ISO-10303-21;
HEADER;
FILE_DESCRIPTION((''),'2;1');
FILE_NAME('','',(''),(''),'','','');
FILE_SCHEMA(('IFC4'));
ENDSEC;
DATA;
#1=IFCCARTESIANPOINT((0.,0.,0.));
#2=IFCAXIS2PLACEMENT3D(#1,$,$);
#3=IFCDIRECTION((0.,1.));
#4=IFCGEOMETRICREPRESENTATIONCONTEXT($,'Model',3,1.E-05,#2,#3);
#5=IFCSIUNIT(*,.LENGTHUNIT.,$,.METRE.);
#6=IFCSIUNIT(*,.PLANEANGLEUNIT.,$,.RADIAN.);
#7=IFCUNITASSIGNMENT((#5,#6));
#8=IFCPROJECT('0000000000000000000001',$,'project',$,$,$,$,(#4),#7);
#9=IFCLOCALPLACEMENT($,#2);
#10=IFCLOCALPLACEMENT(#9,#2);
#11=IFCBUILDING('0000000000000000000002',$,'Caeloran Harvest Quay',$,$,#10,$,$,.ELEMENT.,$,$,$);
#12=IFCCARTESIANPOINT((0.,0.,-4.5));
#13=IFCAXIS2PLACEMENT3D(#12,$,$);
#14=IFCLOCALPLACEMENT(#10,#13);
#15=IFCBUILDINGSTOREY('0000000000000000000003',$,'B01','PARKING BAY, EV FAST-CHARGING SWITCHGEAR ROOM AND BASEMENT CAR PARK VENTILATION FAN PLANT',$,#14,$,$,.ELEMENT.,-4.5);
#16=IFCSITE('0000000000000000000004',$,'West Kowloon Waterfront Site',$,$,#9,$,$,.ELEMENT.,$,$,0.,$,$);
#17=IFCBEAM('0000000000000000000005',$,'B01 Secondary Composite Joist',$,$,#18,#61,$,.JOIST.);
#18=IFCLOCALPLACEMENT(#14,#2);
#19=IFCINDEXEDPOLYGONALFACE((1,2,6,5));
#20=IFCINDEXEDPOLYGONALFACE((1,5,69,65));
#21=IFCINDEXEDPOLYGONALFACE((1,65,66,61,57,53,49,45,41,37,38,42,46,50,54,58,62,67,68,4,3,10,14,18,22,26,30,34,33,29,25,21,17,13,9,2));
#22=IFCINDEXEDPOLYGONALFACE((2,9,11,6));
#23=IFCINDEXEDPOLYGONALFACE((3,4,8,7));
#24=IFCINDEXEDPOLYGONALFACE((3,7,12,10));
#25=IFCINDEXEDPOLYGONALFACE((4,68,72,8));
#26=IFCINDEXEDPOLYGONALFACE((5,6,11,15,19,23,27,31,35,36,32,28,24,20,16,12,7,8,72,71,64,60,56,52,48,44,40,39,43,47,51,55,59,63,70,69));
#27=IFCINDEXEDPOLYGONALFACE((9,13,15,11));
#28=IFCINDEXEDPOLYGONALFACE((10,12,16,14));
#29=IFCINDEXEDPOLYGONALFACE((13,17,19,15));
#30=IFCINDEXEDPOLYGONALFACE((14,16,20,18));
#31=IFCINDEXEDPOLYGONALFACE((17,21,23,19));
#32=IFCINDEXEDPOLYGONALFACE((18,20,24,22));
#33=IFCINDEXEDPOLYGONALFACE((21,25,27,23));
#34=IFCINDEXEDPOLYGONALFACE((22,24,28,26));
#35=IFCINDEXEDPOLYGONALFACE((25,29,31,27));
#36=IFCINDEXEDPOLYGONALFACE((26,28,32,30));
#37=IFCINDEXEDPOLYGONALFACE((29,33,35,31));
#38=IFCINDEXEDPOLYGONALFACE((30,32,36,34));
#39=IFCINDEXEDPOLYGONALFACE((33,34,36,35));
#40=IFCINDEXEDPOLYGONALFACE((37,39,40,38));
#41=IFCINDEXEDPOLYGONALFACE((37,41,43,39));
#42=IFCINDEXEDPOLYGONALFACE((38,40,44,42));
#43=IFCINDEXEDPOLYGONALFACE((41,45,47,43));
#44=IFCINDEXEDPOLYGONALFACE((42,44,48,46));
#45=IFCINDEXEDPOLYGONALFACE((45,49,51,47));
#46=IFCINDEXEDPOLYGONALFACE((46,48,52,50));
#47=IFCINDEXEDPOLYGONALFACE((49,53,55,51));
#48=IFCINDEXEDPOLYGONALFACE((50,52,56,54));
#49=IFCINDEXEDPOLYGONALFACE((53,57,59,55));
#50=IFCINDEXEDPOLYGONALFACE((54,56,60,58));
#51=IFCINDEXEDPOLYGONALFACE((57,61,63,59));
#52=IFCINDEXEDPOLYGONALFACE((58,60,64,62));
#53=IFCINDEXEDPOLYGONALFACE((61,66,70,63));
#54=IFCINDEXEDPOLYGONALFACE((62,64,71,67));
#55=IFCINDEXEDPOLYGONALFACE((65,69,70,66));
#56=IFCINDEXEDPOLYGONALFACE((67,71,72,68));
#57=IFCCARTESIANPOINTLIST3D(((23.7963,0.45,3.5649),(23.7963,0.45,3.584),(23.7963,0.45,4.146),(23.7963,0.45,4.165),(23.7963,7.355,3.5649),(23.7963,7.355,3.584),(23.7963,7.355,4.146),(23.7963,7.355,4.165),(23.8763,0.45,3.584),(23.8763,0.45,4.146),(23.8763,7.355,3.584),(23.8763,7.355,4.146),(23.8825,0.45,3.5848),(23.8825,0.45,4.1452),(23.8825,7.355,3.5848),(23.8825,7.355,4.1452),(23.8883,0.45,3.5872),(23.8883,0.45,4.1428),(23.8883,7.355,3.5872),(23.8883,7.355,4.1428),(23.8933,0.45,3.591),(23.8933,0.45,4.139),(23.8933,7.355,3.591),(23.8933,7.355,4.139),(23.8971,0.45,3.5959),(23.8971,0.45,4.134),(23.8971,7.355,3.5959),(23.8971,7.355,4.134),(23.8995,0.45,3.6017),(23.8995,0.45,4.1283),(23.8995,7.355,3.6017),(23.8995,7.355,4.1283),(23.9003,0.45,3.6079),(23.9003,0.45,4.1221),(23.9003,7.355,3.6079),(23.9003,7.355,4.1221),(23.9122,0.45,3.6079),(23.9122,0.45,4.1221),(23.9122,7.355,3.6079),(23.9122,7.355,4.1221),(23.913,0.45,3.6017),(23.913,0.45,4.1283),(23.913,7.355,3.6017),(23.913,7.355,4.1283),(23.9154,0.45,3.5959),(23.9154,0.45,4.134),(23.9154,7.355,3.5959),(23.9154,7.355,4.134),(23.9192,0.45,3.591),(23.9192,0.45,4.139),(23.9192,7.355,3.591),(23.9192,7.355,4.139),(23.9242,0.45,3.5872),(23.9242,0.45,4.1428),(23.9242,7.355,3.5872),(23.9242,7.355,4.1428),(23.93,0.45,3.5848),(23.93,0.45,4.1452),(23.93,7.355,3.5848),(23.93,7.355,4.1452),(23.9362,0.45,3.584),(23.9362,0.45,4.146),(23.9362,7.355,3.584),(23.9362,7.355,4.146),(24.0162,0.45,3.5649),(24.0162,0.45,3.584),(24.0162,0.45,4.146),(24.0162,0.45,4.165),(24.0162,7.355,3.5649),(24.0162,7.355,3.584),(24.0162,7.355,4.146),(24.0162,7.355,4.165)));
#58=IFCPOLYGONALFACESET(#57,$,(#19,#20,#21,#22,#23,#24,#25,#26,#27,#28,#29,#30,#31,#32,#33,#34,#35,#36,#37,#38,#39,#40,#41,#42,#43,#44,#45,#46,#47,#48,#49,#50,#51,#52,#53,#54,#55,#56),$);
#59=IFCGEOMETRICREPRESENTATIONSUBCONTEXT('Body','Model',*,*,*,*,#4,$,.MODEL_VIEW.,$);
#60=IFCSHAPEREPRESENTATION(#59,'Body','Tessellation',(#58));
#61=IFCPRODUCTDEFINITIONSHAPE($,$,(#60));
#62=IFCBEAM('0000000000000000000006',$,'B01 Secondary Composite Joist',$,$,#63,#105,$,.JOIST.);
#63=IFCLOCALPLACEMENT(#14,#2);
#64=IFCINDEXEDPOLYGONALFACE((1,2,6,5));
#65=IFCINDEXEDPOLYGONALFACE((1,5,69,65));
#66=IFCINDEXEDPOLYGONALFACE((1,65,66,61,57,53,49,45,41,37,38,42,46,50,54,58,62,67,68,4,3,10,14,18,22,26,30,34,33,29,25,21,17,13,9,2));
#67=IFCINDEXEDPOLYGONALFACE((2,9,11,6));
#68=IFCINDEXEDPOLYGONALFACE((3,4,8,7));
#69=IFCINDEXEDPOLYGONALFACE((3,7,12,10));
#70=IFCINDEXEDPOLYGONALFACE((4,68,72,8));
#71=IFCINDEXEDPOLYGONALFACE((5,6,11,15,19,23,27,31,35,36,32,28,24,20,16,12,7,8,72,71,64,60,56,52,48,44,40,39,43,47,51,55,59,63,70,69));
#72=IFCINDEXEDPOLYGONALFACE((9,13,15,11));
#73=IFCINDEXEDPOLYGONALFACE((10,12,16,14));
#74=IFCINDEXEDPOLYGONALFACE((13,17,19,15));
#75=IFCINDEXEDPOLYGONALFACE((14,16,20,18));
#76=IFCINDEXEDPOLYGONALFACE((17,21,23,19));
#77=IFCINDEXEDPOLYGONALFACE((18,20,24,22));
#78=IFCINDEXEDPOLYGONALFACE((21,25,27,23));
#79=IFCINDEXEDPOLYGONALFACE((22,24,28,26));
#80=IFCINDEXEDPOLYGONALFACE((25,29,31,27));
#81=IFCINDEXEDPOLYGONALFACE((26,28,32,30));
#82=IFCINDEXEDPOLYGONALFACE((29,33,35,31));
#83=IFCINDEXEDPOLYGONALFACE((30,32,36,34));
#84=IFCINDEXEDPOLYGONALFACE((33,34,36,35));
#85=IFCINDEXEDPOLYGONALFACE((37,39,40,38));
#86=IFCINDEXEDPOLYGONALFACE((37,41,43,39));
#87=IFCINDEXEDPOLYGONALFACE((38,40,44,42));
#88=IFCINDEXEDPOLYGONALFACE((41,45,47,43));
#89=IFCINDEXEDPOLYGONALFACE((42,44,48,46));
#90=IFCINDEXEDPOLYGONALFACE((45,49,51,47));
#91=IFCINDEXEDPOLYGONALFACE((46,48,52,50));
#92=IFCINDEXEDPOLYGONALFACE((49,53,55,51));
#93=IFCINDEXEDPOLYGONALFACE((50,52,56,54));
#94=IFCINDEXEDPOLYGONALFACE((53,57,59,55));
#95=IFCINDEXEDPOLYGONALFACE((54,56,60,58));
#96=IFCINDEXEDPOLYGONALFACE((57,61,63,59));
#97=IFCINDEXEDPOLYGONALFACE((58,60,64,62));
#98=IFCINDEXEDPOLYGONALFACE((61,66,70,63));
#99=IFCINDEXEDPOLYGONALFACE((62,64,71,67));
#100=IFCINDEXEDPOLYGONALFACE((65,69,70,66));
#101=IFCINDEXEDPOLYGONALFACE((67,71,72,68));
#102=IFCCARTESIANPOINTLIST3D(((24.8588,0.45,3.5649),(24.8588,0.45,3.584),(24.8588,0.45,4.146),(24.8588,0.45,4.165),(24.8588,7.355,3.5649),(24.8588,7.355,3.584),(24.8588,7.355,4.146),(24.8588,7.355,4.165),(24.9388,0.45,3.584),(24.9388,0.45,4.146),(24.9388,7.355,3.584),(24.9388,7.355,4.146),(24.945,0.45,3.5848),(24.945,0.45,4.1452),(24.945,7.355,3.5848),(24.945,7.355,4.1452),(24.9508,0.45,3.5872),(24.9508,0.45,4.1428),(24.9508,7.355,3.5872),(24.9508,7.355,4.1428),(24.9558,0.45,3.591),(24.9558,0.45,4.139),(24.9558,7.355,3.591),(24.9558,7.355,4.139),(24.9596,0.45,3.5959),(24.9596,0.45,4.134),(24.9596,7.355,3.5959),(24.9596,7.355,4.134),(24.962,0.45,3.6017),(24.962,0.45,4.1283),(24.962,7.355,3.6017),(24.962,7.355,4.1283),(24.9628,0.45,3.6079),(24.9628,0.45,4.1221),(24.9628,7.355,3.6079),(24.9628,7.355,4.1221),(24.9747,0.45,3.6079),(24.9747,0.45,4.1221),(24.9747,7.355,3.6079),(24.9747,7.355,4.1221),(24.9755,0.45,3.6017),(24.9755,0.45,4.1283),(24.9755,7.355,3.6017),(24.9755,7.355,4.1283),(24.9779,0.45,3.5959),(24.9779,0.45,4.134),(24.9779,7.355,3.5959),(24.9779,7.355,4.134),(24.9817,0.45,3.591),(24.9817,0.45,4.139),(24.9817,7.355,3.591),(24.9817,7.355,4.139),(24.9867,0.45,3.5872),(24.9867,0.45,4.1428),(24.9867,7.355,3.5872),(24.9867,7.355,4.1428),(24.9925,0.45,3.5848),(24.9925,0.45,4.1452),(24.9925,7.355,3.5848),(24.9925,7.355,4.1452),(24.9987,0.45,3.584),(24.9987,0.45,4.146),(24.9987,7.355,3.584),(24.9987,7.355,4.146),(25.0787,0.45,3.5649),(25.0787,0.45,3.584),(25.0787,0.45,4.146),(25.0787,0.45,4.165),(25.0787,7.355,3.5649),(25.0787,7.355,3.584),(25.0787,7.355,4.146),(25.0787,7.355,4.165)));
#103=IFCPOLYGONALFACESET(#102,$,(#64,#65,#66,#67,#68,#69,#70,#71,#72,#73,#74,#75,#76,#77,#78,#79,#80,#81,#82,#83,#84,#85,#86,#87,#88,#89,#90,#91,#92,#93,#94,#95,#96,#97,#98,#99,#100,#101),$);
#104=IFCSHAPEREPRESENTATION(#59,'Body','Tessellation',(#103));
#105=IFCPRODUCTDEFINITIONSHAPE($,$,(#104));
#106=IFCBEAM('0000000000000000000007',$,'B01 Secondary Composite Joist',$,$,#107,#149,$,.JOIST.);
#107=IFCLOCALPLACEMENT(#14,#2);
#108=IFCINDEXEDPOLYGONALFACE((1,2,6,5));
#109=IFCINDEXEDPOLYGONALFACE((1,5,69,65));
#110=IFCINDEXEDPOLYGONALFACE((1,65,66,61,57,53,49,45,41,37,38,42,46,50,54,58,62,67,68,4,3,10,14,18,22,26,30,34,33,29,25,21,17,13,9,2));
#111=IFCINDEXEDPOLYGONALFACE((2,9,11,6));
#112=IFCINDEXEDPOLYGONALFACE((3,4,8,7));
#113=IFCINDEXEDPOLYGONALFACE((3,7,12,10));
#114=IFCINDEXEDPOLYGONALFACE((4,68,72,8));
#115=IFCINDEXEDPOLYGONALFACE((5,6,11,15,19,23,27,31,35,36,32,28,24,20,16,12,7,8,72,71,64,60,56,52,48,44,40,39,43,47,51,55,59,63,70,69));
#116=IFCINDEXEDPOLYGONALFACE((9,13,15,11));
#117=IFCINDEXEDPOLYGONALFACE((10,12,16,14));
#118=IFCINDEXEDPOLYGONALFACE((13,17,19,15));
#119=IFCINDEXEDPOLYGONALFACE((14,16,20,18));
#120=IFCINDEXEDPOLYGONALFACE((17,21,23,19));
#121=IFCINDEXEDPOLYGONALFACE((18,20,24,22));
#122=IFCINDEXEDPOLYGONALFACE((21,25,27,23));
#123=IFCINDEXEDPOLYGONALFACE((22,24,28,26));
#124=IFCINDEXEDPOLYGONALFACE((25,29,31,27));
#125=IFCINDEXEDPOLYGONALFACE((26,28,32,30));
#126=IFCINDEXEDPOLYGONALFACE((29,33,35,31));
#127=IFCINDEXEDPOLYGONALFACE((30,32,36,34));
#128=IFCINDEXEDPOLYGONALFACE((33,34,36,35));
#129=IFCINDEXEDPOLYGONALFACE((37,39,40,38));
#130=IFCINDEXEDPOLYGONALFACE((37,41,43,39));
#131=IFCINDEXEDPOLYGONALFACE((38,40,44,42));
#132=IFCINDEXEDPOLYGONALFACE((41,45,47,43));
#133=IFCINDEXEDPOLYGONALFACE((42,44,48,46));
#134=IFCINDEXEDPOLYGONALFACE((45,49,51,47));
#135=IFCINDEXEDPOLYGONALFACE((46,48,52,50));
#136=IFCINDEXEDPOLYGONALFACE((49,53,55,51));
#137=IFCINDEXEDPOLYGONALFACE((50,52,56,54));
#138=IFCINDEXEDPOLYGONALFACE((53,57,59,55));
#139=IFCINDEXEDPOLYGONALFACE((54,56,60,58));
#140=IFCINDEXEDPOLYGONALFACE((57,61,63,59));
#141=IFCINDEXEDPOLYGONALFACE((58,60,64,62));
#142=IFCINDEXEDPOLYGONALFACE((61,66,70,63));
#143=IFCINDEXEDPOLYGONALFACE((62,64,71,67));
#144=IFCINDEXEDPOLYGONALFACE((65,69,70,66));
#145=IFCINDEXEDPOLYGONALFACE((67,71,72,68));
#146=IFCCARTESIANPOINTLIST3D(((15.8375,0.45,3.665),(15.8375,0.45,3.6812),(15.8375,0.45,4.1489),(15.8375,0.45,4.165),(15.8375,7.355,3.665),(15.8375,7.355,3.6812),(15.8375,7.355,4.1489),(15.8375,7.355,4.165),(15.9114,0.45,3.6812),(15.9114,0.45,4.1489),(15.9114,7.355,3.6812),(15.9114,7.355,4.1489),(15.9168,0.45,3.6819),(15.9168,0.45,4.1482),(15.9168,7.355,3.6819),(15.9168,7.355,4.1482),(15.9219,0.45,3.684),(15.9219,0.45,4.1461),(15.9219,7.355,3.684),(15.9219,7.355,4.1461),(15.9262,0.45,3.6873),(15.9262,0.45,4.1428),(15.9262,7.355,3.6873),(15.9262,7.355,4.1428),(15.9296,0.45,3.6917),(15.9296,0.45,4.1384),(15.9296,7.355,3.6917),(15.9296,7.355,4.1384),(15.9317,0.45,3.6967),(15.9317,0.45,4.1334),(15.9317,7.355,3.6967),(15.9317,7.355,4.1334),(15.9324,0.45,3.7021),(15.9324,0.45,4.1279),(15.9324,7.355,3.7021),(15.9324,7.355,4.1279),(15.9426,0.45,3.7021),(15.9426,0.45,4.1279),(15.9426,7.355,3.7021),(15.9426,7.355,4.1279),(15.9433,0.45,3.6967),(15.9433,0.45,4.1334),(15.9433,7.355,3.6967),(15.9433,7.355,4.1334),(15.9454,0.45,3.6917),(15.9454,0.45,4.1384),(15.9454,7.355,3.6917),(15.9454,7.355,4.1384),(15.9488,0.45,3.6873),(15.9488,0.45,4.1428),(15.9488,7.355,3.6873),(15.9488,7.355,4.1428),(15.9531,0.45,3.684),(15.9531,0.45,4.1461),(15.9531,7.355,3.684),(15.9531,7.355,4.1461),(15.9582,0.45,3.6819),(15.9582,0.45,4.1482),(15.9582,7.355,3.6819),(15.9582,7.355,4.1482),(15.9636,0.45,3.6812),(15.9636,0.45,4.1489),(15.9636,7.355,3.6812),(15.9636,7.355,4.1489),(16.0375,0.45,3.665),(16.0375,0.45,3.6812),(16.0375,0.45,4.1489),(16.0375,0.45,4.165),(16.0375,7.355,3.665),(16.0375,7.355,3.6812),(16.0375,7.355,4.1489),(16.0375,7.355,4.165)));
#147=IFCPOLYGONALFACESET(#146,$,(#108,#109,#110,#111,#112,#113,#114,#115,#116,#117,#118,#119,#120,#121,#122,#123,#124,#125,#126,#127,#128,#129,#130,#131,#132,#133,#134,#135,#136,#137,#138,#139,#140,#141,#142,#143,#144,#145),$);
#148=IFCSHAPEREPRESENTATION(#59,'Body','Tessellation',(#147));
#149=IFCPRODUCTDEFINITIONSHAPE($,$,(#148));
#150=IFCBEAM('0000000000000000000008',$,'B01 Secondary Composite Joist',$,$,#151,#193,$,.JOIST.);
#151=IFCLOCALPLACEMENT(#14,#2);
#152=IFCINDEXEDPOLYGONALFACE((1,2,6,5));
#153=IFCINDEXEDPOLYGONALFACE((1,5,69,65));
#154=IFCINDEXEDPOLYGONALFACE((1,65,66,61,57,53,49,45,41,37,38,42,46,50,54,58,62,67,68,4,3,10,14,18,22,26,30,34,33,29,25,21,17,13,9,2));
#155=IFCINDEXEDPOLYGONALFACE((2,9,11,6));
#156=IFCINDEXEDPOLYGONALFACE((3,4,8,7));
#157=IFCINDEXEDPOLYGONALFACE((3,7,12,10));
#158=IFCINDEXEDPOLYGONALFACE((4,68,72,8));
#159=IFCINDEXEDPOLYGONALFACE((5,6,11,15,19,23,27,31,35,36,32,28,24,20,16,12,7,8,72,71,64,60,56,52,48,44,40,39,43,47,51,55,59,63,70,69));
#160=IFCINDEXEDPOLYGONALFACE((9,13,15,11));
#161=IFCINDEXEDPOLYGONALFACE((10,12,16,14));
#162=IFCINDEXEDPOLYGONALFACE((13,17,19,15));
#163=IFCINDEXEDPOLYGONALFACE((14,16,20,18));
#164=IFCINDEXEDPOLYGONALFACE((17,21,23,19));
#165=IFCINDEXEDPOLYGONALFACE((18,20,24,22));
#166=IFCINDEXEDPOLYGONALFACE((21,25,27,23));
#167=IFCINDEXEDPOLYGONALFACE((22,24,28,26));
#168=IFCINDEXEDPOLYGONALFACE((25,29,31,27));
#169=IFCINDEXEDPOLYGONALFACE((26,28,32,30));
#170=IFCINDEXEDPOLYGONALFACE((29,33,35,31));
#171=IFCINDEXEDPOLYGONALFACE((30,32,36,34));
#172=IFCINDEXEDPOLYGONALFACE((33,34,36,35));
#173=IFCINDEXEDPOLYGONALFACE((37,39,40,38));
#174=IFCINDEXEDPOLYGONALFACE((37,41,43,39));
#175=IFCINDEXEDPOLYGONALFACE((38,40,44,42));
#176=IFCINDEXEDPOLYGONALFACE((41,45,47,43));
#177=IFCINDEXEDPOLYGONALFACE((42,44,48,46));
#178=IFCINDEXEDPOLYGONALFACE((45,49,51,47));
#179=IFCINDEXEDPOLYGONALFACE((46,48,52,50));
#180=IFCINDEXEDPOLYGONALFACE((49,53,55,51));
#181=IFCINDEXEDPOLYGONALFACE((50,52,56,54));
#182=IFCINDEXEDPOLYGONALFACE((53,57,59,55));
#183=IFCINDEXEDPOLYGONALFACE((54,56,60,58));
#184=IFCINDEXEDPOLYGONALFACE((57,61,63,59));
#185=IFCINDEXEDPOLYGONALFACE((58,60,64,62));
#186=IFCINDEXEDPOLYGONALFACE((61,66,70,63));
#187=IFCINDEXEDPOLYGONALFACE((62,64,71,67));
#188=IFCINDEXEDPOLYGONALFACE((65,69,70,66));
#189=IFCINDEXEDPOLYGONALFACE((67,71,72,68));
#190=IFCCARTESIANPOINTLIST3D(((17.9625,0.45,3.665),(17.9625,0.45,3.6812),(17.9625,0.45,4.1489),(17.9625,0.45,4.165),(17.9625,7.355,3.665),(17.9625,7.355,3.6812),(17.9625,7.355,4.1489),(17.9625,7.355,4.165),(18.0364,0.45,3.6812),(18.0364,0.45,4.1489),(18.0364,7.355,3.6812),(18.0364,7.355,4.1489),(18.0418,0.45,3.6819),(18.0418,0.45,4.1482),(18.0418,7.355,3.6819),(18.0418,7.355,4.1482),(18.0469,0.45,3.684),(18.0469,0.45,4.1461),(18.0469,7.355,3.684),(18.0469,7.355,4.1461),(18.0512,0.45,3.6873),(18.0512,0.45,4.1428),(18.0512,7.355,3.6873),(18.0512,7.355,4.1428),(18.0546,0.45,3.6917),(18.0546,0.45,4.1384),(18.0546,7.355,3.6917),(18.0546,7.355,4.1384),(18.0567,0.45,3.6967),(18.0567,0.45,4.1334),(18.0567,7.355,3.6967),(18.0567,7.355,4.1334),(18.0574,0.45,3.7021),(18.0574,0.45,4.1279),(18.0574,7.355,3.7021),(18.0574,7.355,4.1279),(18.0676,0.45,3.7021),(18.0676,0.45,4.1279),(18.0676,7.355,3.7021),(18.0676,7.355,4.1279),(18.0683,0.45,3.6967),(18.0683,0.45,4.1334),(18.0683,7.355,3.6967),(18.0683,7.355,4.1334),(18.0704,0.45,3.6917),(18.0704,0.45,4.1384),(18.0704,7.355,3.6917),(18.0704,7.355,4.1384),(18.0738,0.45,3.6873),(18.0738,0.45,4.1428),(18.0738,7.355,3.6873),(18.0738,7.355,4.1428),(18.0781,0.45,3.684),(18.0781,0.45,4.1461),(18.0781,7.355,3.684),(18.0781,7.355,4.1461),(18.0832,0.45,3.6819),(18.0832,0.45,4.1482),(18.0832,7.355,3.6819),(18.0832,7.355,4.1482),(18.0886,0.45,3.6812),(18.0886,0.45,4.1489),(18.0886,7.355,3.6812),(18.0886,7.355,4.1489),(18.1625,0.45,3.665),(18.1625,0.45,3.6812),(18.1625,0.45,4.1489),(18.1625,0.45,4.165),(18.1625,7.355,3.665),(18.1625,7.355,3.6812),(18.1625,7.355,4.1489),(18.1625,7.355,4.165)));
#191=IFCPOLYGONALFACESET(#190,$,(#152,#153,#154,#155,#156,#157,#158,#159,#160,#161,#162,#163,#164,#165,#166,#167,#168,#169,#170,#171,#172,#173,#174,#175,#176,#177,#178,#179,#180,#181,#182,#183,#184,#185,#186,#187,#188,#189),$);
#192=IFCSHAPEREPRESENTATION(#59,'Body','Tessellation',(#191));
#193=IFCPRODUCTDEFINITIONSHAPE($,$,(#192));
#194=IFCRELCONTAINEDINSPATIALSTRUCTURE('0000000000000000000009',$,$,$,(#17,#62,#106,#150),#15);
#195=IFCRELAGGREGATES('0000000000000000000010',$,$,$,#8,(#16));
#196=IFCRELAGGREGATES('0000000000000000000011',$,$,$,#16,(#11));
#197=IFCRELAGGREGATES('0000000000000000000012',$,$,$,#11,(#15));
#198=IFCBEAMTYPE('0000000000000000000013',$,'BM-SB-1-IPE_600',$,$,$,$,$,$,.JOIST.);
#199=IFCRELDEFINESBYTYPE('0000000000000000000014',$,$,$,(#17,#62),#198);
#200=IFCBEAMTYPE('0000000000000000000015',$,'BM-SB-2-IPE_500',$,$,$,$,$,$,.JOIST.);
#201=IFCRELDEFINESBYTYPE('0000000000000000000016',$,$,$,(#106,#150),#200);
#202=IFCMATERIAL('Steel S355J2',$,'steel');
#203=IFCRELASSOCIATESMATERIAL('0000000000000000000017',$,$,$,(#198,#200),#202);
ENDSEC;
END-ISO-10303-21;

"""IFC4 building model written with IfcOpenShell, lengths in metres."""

from ifc_helpers import new_model, si_unit, direction, frame, origin, origin_2d, place, context, subcontext, project, spatial, i_section, extrude, material, material_profile, profile_set, type_object, element, save


model = new_model("IFC4")

# Units and contexts
model_context = context("Model", 3, precision=1e-05, world=origin(), true_north=direction((0.0, 1.0)))
body_context = subcontext(model_context, "Body", "Model", "MODEL_VIEW")
ifc_project = project(units=[si_unit("LENGTHUNIT", "METRE"), si_unit("PLANEANGLEUNIT", "RADIAN")], contexts=[model_context])

# Site, building, storey
site_placement = place(None, origin())
site = spatial("IfcSite", under=ifc_project, at=site_placement, Name="West Kowloon Waterfront Site", CompositionType="ELEMENT", RefElevation=0.0)
building_placement = place(site_placement, origin())
building = spatial("IfcBuilding", under=site, at=building_placement, Name="Caeloran Harvest Quay", CompositionType="ELEMENT")
storey_placement = place(building_placement, frame((0.0, 0.0, -4.5)))
storey = spatial("IfcBuildingStorey", under=building, at=storey_placement, Name="B01", Description="PARKING BAY, EV FAST-CHARGING SWITCHGEAR ROOM AND BASEMENT CAR PARK VENTILATION FAN PLANT", CompositionType="ELEMENT", Elevation=-4.5)

# Beams
ifc_material_1 = material(Name="Steel S355J2", Category="steel")
ifc_material_profile_1 = material_profile(ifc_material_1, i_section(OverallWidth=0.22, OverallDepth=0.6001, WebThickness=0.012, FlangeThickness=0.019, FilletRadius=0.0239, at=origin_2d()), Name="IPE 600")
ifc_profile_set_1 = profile_set([ifc_material_profile_1], Name="Steel S355J2")
beam_type_1 = type_object("IfcBeamType", Name="BM-SB-1-IPE_600", PredefinedType="JOIST", material=ifc_profile_set_1)
for number, where, z_axis, x_axis, name in (
    (1, (23.9062, 0.45, 3.865), (0.0, 1.0, 0.0), (-1.0, 0.0, 0.0), "B01 Secondary Composite Joist"),
    (2, (24.9688, 0.45, 3.865), (0.0, 1.0, 0.0), (-1.0, 0.0, 0.0), "B01 Secondary Composite Joist"),
):
    element("IfcBeam", number, at=place(storey_placement, frame(where, z_axis=z_axis, x_axis=x_axis)), inside=storey, type_object=beam_type_1, Name=name, PredefinedType="JOIST", context=body_context, shape_type="SweptSolid", body=[
        extrude(i_section(OverallWidth=0.22, OverallDepth=0.6001, WebThickness=0.012, FlangeThickness=0.019, FilletRadius=0.0239, at=origin_2d()), origin(), (0.0, 0.0, 1.0), 6.905),
    ])
ifc_material_profile_2 = material_profile(ifc_material_1, i_section(OverallWidth=0.2, OverallDepth=0.5, WebThickness=0.0103, FlangeThickness=0.0161, FilletRadius=0.021, at=origin_2d()), Name="IPE 500")
ifc_profile_set_2 = profile_set([ifc_material_profile_2], Name="Steel S355J2")
beam_type_2 = type_object("IfcBeamType", Name="BM-SB-2-IPE_500", PredefinedType="JOIST", material=ifc_profile_set_2)
for number, where, z_axis, x_axis, name in (
    (3, (15.9375, 0.45, 3.915), (0.0, 1.0, 0.0), (-1.0, 0.0, 0.0), "B01 Secondary Composite Joist"),
    (4, (18.0625, 0.45, 3.915), (0.0, 1.0, 0.0), (-1.0, 0.0, 0.0), "B01 Secondary Composite Joist"),
):
    element("IfcBeam", number, at=place(storey_placement, frame(where, z_axis=z_axis, x_axis=x_axis)), inside=storey, type_object=beam_type_2, Name=name, PredefinedType="JOIST", context=body_context, shape_type="SweptSolid", body=[
        extrude(i_section(OverallWidth=0.2, OverallDepth=0.5, WebThickness=0.0103, FlangeThickness=0.0161, FilletRadius=0.021, at=origin_2d()), origin(), (0.0, 0.0, 1.0), 6.905),
    ])

save(model, "model.ifc")
